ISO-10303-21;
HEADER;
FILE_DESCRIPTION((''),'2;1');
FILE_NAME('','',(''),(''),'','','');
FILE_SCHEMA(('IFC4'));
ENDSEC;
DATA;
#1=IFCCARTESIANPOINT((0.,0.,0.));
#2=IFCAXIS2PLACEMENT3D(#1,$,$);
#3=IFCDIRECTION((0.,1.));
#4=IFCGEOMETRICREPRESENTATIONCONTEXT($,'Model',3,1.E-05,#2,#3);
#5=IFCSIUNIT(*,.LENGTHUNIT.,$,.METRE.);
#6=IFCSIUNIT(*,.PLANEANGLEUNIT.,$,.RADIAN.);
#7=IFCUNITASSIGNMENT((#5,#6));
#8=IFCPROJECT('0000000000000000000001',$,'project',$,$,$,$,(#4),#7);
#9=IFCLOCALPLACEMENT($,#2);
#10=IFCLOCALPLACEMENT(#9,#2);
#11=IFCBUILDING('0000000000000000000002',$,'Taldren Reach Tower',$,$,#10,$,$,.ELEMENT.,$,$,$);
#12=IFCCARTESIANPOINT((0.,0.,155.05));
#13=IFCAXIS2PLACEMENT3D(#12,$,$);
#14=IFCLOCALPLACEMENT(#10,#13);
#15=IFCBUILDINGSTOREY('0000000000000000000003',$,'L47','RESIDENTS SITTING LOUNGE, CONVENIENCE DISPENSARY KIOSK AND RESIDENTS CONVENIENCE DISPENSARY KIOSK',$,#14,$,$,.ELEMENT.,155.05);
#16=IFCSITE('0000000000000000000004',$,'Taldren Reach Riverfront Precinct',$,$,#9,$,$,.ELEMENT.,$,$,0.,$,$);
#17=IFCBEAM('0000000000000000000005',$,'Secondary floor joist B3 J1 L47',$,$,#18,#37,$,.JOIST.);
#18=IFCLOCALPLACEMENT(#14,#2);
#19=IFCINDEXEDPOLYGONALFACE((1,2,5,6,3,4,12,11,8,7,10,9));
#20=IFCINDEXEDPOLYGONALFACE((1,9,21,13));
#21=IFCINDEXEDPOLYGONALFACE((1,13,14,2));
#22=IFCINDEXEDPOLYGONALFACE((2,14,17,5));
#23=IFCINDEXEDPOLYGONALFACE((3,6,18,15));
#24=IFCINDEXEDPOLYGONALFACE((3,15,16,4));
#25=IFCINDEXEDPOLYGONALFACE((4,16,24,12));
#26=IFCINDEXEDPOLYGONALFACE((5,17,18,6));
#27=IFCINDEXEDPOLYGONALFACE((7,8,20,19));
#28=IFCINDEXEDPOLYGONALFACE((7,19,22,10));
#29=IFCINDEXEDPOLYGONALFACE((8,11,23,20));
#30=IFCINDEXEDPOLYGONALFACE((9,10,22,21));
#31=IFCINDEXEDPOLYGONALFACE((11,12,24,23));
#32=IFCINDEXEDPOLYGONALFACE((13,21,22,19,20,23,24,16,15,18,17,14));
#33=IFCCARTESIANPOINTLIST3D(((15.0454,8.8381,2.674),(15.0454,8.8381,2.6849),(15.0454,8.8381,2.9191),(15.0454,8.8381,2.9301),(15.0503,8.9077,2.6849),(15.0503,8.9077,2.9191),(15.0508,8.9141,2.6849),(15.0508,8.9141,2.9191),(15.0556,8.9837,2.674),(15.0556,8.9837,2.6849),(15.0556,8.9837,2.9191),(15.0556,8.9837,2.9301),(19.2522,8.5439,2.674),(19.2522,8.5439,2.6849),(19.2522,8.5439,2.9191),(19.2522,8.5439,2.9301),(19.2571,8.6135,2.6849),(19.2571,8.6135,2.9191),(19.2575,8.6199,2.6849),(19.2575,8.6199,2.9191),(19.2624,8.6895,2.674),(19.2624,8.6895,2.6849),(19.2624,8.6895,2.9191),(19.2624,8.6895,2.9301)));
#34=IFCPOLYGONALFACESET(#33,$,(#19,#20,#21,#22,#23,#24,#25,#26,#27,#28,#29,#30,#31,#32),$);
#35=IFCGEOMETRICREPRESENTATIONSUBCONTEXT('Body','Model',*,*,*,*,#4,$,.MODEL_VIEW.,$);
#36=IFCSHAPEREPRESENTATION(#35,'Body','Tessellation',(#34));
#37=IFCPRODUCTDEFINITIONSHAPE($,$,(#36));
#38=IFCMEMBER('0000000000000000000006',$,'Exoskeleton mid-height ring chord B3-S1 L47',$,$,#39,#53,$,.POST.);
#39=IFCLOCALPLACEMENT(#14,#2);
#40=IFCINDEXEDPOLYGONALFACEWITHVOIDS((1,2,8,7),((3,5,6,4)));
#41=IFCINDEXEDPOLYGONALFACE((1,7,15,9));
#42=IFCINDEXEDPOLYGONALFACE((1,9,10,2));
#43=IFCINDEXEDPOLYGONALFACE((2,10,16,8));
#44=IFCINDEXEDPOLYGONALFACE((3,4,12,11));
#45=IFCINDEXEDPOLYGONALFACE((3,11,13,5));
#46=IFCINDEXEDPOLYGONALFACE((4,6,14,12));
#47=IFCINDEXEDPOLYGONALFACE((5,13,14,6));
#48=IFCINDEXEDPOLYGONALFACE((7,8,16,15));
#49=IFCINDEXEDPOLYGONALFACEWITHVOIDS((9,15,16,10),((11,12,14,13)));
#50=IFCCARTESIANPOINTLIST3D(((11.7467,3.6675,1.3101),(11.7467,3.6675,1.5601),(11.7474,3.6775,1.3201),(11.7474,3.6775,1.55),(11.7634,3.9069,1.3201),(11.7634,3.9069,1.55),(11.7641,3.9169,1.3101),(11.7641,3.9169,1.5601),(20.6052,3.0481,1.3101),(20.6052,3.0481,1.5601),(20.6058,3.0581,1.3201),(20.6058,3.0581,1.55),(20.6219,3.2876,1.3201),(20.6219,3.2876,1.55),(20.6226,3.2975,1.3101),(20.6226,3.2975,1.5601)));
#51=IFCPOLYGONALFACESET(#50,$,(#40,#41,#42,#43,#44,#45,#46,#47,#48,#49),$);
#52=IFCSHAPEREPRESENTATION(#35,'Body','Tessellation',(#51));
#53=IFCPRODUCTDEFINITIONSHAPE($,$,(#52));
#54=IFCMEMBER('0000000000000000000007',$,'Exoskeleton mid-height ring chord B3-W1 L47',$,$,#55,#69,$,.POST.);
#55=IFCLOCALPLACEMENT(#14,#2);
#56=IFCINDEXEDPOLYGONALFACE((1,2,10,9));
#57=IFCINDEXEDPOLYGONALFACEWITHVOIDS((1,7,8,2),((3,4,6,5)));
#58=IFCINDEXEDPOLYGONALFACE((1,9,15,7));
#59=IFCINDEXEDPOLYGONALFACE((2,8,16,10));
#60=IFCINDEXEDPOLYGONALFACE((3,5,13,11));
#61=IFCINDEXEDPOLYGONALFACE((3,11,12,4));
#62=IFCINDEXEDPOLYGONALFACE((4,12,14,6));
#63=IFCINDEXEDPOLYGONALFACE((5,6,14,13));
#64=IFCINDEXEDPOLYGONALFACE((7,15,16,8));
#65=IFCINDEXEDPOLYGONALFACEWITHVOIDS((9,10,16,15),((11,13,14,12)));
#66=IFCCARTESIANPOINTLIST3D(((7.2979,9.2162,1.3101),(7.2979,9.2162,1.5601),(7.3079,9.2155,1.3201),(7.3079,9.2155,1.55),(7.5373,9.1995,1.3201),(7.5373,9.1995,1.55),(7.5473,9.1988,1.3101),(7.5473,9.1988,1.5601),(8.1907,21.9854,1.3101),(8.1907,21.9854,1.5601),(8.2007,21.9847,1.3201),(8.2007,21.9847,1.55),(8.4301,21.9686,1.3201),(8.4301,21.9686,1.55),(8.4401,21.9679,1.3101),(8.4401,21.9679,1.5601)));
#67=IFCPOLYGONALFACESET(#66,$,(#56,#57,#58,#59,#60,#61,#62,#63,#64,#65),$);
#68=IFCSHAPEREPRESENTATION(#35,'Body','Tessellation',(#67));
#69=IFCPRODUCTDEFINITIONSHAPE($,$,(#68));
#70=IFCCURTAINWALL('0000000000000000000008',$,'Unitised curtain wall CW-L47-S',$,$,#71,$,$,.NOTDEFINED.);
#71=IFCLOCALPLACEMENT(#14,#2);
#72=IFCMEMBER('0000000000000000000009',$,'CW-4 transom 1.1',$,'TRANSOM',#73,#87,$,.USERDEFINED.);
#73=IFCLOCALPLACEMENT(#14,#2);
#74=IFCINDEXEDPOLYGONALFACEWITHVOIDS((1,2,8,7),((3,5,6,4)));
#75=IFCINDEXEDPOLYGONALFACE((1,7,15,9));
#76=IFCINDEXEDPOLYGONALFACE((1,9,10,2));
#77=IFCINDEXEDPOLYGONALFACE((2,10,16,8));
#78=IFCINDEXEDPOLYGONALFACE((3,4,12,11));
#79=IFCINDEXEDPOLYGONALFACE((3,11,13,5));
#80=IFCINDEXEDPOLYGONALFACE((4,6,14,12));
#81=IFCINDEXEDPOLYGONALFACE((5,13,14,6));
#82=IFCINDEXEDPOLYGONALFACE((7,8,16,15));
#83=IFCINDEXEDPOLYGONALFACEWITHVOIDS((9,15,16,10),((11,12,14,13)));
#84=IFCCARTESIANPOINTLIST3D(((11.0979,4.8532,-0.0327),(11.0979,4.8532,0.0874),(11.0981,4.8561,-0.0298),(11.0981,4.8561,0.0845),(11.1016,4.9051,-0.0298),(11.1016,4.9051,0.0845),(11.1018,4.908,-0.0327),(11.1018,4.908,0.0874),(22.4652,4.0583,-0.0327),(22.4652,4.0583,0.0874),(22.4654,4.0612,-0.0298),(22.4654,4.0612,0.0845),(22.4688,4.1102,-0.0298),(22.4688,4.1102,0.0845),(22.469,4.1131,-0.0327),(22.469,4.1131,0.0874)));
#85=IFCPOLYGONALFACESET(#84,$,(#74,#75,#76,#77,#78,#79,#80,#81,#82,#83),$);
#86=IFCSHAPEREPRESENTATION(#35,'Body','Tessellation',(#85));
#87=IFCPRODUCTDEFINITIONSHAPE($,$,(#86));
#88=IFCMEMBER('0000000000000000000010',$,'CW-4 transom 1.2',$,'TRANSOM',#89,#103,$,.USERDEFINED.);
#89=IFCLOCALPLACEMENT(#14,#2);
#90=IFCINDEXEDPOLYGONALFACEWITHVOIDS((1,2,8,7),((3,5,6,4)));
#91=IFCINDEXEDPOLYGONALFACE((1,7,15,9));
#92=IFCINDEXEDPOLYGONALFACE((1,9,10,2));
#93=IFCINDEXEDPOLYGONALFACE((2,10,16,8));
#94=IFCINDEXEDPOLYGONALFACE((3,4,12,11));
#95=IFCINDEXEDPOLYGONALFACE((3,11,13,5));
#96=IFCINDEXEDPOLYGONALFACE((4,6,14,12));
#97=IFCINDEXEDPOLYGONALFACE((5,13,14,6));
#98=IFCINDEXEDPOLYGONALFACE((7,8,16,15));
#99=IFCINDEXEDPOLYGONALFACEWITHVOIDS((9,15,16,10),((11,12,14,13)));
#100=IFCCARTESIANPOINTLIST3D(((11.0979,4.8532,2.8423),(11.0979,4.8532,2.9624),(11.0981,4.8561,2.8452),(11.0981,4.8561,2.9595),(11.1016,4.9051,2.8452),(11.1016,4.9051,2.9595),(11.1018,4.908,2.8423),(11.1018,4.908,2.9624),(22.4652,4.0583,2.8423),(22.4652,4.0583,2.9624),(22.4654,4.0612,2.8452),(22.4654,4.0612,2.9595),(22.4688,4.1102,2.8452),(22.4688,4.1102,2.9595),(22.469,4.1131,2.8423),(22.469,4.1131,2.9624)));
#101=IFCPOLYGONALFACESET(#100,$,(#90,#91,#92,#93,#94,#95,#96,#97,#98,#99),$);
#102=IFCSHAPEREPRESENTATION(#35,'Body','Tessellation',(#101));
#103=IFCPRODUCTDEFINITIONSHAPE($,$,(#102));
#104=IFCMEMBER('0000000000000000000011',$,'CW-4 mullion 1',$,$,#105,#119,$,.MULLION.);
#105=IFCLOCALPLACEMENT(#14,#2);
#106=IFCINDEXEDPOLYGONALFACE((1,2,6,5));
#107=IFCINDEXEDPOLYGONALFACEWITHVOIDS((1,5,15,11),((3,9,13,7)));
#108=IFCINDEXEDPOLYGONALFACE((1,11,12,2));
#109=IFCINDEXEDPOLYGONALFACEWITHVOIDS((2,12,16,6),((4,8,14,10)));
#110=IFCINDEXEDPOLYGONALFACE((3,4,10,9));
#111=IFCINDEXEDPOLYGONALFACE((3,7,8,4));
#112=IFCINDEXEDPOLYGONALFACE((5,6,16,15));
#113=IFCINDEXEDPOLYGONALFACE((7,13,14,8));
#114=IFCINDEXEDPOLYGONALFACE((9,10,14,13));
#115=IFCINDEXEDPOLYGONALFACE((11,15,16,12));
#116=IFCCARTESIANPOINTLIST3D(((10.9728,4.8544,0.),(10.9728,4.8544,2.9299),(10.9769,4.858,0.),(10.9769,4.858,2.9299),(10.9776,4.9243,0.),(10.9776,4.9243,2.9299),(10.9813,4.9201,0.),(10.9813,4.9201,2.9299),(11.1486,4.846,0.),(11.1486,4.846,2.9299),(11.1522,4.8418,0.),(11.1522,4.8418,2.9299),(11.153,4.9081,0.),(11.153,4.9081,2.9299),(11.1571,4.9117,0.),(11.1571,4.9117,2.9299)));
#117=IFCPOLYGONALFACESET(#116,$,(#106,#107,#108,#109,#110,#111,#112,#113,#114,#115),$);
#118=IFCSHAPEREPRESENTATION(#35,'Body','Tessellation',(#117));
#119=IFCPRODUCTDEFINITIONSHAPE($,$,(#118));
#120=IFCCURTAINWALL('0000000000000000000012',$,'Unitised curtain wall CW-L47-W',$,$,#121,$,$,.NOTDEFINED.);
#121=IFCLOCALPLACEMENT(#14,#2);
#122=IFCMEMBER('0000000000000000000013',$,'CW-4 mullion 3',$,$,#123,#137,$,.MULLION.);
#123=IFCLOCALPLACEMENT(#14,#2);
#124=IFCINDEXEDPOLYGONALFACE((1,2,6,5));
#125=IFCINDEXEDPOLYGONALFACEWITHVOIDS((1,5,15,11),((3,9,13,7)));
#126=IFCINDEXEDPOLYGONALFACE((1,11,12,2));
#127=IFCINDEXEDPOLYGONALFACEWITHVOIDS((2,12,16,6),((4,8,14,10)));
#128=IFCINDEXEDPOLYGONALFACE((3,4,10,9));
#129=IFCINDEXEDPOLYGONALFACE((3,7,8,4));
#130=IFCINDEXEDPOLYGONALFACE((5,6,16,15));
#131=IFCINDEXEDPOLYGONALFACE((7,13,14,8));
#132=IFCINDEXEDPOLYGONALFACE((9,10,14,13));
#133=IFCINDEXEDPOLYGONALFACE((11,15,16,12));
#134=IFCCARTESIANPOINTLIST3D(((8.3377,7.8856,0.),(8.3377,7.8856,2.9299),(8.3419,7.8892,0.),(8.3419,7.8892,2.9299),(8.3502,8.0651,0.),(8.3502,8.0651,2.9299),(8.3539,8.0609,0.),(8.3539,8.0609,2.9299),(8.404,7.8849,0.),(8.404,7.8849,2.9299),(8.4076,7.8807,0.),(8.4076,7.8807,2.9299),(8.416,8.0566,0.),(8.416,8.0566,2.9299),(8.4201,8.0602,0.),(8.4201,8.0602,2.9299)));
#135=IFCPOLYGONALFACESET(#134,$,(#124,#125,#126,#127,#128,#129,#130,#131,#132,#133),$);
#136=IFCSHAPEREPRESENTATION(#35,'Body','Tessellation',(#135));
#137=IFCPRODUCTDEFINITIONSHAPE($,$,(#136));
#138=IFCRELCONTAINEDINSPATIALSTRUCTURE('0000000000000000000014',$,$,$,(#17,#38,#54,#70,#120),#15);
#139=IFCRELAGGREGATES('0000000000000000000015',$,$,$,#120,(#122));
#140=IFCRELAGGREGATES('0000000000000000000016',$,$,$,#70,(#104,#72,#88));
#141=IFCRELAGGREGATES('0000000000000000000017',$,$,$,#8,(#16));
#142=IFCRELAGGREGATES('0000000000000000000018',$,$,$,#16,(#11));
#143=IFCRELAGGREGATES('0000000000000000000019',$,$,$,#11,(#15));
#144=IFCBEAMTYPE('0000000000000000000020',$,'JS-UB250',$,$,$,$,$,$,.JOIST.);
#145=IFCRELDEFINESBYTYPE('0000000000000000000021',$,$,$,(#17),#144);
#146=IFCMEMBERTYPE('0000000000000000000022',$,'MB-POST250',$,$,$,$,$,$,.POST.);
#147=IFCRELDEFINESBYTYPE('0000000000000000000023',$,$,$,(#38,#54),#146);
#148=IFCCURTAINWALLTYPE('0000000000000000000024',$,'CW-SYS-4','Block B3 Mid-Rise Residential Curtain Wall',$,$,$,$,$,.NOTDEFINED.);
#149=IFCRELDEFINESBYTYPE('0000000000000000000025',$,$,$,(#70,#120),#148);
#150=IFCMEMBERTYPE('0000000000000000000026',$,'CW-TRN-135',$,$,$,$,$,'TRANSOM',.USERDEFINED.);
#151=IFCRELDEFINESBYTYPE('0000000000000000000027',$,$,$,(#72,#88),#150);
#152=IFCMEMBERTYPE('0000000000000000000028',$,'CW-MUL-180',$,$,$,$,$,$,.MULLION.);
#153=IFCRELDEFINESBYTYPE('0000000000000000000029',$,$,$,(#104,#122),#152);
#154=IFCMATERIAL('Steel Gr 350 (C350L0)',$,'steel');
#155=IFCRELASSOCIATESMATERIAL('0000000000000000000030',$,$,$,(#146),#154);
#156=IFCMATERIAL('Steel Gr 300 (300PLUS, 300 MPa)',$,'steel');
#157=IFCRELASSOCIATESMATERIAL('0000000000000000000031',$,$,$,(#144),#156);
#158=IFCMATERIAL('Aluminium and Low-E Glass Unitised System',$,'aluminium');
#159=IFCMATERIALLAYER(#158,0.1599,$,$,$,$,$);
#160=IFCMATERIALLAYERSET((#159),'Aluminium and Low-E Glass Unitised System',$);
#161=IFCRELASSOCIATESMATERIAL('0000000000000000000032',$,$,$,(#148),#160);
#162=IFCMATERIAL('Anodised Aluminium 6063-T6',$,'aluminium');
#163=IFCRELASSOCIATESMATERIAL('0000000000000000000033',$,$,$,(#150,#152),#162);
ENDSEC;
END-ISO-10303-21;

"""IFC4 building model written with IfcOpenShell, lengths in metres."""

from ifc_helpers import new_model, si_unit, direction, frame, origin, origin_2d, place, context, subcontext, project, spatial, hollow_rectangle, i_section, extrude, source, transform, mapped, material, layer, layer_set, material_profile, profile_set, type_object, element, aggregate, save


model = new_model("IFC4")

# Units and contexts
model_context = context("Model", 3, precision=1e-05, world=origin(), true_north=direction((0.0, 1.0)))
body_context = subcontext(model_context, "Body", "Model", "MODEL_VIEW")
ifc_project = project(units=[si_unit("LENGTHUNIT", "METRE"), si_unit("PLANEANGLEUNIT", "RADIAN")], contexts=[model_context])

# Site, building, storey
site_placement = place(None, origin())
site = spatial("IfcSite", under=ifc_project, at=site_placement, Name="Taldren Reach Riverfront Precinct", CompositionType="ELEMENT", RefElevation=0.0)
building_placement = place(site_placement, origin())
building = spatial("IfcBuilding", under=site, at=building_placement, Name="Taldren Reach Tower", CompositionType="ELEMENT")
storey_placement = place(building_placement, frame((0.0, 0.0, 155.05)))
storey = spatial("IfcBuildingStorey", under=building, at=storey_placement, Name="L47", Description="RESIDENTS SITTING LOUNGE, CONVENIENCE DISPENSARY KIOSK AND RESIDENTS CONVENIENCE DISPENSARY KIOSK", CompositionType="ELEMENT", Elevation=155.05)

# Shared definitions
ifc_material_1 = material(Name="Steel Gr 350 (C350L0)", Category="steel")
ifc_material_profile_1 = material_profile(ifc_material_1, hollow_rectangle(XDim=0.25, YDim=0.25, WallThickness=0.01, at=origin_2d()), Name="250x250x10.0SHS")
ifc_profile_set_1 = profile_set([ifc_material_profile_1], Name="Steel Gr 350 (C350L0)")
member_type_1 = type_object("IfcMemberType", Name="MB-POST250", PredefinedType="POST", material=ifc_profile_set_1)

# Beam
ifc_material_2 = material(Name="Steel Gr 300 (300PLUS, 300 MPa)", Category="steel")
ifc_material_profile_2 = material_profile(ifc_material_2, i_section(OverallWidth=0.146, OverallDepth=0.2561, WebThickness=0.0063, FlangeThickness=0.011, at=origin_2d()), Name="250UB37.3")
ifc_profile_set_2 = profile_set([ifc_material_profile_2], Name="Steel Gr 300 (300PLUS, 300 MPa)")
beam_type_1 = type_object("IfcBeamType", Name="JS-UB250", PredefinedType="JOIST", material=ifc_profile_set_2)
shared_shape_1 = source(origin(), body_context, "Body", "SweptSolid", [
    extrude(i_section(OverallWidth=0.146, OverallDepth=0.2561, WebThickness=0.0063, FlangeThickness=0.011, at=origin_2d()), origin(), (0.0, 0.0, 1.0), 4.217),
])
beam_1_placement = place(storey_placement, frame((15.0505, 8.9109, 2.802), z_axis=(0.997564, -0.069762, 0.0), x_axis=(0.069762, 0.997564, 0.0)))
element("IfcBeam", 1, at=beam_1_placement, inside=storey, type_object=beam_type_1, Name="Secondary floor joist B3 J1 L47", PredefinedType="JOIST", context=body_context, shape_type="MappedRepresentation", body=[
    mapped(shared_shape_1, transform((0.0, 0.0, 0.0), scale=1.0)),
])

# Members
shared_shape_2 = source(origin(), body_context, "Body", "SweptSolid", [
    extrude(hollow_rectangle(XDim=0.25, YDim=0.25, WallThickness=0.01, at=origin_2d()), origin(), (0.0, 0.0, 1.0), 8.8801),
])
member_1_placement = place(storey_placement, frame((11.7554, 3.7922, 1.4351), z_axis=(0.997564, -0.06975, 0.0), x_axis=(0.06975, 0.997564, 0.0)))
element("IfcMember", 2, at=member_1_placement, inside=storey, type_object=member_type_1, Name="Exoskeleton mid-height ring chord B3-S1 L47", PredefinedType="POST", context=body_context, shape_type="MappedRepresentation", body=[
    mapped(shared_shape_2, transform((0.0, 0.0, 0.0), scale=1.0)),
])
shared_shape_3 = source(origin(), body_context, "Body", "SweptSolid", [
    extrude(hollow_rectangle(XDim=0.25, YDim=0.25, WallThickness=0.01, at=origin_2d()), origin(), (0.0, 0.0, 1.0), 12.8003),
])
member_2_placement = place(storey_placement, frame((7.4226, 9.2075, 1.4351), z_axis=(0.069751, 0.997564, 0.0), x_axis=(-0.997564, 0.069751, 0.0)))
element("IfcMember", 3, at=member_2_placement, inside=storey, type_object=member_type_1, Name="Exoskeleton mid-height ring chord B3-W1 L47", PredefinedType="POST", context=body_context, shape_type="MappedRepresentation", body=[
    mapped(shared_shape_3, transform((0.0, 0.0, 0.0), scale=1.0)),
])

# Curtain wall, members
ifc_material_3 = material(Name="Aluminium and Low-E Glass Unitised System", Category="aluminium")
ifc_layer_1 = layer(ifc_material_3, 0.1599)
ifc_layer_set_1 = layer_set([ifc_layer_1], Name="Aluminium and Low-E Glass Unitised System")
curtain_wall_type = type_object("IfcCurtainWallType", Name="CW-SYS-4", Description="Block B3 Mid-Rise Residential Curtain Wall", PredefinedType="NOTDEFINED", material=ifc_layer_set_1)
curtain_wall_1_placement = place(storey_placement, origin())
curtain_wall_1 = element("IfcCurtainWall", 4, at=curtain_wall_1_placement, inside=storey, type_object=curtain_wall_type, Name="Unitised curtain wall CW-L47-S", PredefinedType="NOTDEFINED")
ifc_material_4 = material(Name="Anodised Aluminium 6063-T6", Category="aluminium")
ifc_material_profile_3 = material_profile(ifc_material_4, hollow_rectangle(XDim=0.0549, YDim=0.1201, WallThickness=0.0029, at=origin_2d()), Name="ALU-120x55x3RHS")
ifc_profile_set_3 = profile_set([ifc_material_profile_3], Name="Anodised Aluminium 6063-T6")
member_type_2 = type_object("IfcMemberType", Name="CW-TRN-135", ElementType="TRANSOM", PredefinedType="USERDEFINED", material=ifc_profile_set_3)
shared_shape_4 = source(origin(), body_context, "Body", "SweptSolid", [
    extrude(hollow_rectangle(XDim=0.0549, YDim=0.1201, WallThickness=0.0029, at=origin_2d()), origin(), (0.0, 0.0, 1.0), 11.395),
])
member_3_placement = place(storey_placement, frame((11.0999, 4.8806, 0.0273), z_axis=(0.997564, -0.069761, 0.0), x_axis=(0.069761, 0.997564, 0.0)))
member_3 = element("IfcMember", 5, at=member_3_placement, type_object=member_type_2, Name="CW-4 transom 1.1", ObjectType="TRANSOM", PredefinedType="USERDEFINED", context=body_context, shape_type="MappedRepresentation", body=[
    mapped(shared_shape_4, transform((0.0, 0.0, 0.0), scale=1.0)),
])
member_4_placement = place(storey_placement, frame((11.0999, 4.8806, 2.9023), z_axis=(0.997564, -0.069761, 0.0), x_axis=(0.069761, 0.997564, 0.0)))
member_4 = element("IfcMember", 6, at=member_4_placement, type_object=member_type_2, Name="CW-4 transom 1.2", ObjectType="TRANSOM", PredefinedType="USERDEFINED", context=body_context, shape_type="MappedRepresentation", body=[
    mapped(shared_shape_4, transform((0.0, 0.0, 0.0), scale=1.0)),
])
ifc_material_profile_4 = material_profile(ifc_material_4, hollow_rectangle(XDim=0.0701, YDim=0.1799, WallThickness=0.0039, at=origin_2d()), Name="ALU-180x70x4RHS")
ifc_profile_set_4 = profile_set([ifc_material_profile_4], Name="Anodised Aluminium 6063-T6")
member_type_3 = type_object("IfcMemberType", Name="CW-MUL-180", PredefinedType="MULLION", material=ifc_profile_set_4)
shared_shape_5 = source(origin(), body_context, "Body", "SweptSolid", [
    extrude(hollow_rectangle(XDim=0.0701, YDim=0.1799, WallThickness=0.0039, at=origin_2d()), origin(), (0.0, 0.0, 1.0), 2.9299),
])
member_5_placement = place(storey_placement, frame((11.0649, 4.8831, 0.0), z_axis=(0.0, 0.0, 1.0), x_axis=(0.069757, 0.997564, 0.0)))
member_5 = element("IfcMember", 7, at=member_5_placement, type_object=member_type_3, Name="CW-4 mullion 1", PredefinedType="MULLION", context=body_context, shape_type="MappedRepresentation", body=[
    mapped(shared_shape_5, transform((0.0, 0.0, 0.0), scale=1.0)),
])

# Curtain wall, member
curtain_wall_2_placement = place(storey_placement, origin())
curtain_wall_2 = element("IfcCurtainWall", 8, at=curtain_wall_2_placement, inside=storey, type_object=curtain_wall_type, Name="Unitised curtain wall CW-L47-W", PredefinedType="NOTDEFINED")
member_6_placement = place(storey_placement, frame((8.3789, 7.9729, 0.0), z_axis=(0.0, 0.0, 1.0), x_axis=(0.997564, -0.069756, 0.0)))
member_6 = element("IfcMember", 9, at=member_6_placement, type_object=member_type_3, Name="CW-4 mullion 3", PredefinedType="MULLION", context=body_context, shape_type="MappedRepresentation", body=[
    mapped(shared_shape_5, transform((0.0, 0.0, 0.0), scale=1.0)),
])
aggregate(curtain_wall_2, [member_6])

aggregate(curtain_wall_1, [member_5, member_3, member_4])

save(model, "model.ifc")
